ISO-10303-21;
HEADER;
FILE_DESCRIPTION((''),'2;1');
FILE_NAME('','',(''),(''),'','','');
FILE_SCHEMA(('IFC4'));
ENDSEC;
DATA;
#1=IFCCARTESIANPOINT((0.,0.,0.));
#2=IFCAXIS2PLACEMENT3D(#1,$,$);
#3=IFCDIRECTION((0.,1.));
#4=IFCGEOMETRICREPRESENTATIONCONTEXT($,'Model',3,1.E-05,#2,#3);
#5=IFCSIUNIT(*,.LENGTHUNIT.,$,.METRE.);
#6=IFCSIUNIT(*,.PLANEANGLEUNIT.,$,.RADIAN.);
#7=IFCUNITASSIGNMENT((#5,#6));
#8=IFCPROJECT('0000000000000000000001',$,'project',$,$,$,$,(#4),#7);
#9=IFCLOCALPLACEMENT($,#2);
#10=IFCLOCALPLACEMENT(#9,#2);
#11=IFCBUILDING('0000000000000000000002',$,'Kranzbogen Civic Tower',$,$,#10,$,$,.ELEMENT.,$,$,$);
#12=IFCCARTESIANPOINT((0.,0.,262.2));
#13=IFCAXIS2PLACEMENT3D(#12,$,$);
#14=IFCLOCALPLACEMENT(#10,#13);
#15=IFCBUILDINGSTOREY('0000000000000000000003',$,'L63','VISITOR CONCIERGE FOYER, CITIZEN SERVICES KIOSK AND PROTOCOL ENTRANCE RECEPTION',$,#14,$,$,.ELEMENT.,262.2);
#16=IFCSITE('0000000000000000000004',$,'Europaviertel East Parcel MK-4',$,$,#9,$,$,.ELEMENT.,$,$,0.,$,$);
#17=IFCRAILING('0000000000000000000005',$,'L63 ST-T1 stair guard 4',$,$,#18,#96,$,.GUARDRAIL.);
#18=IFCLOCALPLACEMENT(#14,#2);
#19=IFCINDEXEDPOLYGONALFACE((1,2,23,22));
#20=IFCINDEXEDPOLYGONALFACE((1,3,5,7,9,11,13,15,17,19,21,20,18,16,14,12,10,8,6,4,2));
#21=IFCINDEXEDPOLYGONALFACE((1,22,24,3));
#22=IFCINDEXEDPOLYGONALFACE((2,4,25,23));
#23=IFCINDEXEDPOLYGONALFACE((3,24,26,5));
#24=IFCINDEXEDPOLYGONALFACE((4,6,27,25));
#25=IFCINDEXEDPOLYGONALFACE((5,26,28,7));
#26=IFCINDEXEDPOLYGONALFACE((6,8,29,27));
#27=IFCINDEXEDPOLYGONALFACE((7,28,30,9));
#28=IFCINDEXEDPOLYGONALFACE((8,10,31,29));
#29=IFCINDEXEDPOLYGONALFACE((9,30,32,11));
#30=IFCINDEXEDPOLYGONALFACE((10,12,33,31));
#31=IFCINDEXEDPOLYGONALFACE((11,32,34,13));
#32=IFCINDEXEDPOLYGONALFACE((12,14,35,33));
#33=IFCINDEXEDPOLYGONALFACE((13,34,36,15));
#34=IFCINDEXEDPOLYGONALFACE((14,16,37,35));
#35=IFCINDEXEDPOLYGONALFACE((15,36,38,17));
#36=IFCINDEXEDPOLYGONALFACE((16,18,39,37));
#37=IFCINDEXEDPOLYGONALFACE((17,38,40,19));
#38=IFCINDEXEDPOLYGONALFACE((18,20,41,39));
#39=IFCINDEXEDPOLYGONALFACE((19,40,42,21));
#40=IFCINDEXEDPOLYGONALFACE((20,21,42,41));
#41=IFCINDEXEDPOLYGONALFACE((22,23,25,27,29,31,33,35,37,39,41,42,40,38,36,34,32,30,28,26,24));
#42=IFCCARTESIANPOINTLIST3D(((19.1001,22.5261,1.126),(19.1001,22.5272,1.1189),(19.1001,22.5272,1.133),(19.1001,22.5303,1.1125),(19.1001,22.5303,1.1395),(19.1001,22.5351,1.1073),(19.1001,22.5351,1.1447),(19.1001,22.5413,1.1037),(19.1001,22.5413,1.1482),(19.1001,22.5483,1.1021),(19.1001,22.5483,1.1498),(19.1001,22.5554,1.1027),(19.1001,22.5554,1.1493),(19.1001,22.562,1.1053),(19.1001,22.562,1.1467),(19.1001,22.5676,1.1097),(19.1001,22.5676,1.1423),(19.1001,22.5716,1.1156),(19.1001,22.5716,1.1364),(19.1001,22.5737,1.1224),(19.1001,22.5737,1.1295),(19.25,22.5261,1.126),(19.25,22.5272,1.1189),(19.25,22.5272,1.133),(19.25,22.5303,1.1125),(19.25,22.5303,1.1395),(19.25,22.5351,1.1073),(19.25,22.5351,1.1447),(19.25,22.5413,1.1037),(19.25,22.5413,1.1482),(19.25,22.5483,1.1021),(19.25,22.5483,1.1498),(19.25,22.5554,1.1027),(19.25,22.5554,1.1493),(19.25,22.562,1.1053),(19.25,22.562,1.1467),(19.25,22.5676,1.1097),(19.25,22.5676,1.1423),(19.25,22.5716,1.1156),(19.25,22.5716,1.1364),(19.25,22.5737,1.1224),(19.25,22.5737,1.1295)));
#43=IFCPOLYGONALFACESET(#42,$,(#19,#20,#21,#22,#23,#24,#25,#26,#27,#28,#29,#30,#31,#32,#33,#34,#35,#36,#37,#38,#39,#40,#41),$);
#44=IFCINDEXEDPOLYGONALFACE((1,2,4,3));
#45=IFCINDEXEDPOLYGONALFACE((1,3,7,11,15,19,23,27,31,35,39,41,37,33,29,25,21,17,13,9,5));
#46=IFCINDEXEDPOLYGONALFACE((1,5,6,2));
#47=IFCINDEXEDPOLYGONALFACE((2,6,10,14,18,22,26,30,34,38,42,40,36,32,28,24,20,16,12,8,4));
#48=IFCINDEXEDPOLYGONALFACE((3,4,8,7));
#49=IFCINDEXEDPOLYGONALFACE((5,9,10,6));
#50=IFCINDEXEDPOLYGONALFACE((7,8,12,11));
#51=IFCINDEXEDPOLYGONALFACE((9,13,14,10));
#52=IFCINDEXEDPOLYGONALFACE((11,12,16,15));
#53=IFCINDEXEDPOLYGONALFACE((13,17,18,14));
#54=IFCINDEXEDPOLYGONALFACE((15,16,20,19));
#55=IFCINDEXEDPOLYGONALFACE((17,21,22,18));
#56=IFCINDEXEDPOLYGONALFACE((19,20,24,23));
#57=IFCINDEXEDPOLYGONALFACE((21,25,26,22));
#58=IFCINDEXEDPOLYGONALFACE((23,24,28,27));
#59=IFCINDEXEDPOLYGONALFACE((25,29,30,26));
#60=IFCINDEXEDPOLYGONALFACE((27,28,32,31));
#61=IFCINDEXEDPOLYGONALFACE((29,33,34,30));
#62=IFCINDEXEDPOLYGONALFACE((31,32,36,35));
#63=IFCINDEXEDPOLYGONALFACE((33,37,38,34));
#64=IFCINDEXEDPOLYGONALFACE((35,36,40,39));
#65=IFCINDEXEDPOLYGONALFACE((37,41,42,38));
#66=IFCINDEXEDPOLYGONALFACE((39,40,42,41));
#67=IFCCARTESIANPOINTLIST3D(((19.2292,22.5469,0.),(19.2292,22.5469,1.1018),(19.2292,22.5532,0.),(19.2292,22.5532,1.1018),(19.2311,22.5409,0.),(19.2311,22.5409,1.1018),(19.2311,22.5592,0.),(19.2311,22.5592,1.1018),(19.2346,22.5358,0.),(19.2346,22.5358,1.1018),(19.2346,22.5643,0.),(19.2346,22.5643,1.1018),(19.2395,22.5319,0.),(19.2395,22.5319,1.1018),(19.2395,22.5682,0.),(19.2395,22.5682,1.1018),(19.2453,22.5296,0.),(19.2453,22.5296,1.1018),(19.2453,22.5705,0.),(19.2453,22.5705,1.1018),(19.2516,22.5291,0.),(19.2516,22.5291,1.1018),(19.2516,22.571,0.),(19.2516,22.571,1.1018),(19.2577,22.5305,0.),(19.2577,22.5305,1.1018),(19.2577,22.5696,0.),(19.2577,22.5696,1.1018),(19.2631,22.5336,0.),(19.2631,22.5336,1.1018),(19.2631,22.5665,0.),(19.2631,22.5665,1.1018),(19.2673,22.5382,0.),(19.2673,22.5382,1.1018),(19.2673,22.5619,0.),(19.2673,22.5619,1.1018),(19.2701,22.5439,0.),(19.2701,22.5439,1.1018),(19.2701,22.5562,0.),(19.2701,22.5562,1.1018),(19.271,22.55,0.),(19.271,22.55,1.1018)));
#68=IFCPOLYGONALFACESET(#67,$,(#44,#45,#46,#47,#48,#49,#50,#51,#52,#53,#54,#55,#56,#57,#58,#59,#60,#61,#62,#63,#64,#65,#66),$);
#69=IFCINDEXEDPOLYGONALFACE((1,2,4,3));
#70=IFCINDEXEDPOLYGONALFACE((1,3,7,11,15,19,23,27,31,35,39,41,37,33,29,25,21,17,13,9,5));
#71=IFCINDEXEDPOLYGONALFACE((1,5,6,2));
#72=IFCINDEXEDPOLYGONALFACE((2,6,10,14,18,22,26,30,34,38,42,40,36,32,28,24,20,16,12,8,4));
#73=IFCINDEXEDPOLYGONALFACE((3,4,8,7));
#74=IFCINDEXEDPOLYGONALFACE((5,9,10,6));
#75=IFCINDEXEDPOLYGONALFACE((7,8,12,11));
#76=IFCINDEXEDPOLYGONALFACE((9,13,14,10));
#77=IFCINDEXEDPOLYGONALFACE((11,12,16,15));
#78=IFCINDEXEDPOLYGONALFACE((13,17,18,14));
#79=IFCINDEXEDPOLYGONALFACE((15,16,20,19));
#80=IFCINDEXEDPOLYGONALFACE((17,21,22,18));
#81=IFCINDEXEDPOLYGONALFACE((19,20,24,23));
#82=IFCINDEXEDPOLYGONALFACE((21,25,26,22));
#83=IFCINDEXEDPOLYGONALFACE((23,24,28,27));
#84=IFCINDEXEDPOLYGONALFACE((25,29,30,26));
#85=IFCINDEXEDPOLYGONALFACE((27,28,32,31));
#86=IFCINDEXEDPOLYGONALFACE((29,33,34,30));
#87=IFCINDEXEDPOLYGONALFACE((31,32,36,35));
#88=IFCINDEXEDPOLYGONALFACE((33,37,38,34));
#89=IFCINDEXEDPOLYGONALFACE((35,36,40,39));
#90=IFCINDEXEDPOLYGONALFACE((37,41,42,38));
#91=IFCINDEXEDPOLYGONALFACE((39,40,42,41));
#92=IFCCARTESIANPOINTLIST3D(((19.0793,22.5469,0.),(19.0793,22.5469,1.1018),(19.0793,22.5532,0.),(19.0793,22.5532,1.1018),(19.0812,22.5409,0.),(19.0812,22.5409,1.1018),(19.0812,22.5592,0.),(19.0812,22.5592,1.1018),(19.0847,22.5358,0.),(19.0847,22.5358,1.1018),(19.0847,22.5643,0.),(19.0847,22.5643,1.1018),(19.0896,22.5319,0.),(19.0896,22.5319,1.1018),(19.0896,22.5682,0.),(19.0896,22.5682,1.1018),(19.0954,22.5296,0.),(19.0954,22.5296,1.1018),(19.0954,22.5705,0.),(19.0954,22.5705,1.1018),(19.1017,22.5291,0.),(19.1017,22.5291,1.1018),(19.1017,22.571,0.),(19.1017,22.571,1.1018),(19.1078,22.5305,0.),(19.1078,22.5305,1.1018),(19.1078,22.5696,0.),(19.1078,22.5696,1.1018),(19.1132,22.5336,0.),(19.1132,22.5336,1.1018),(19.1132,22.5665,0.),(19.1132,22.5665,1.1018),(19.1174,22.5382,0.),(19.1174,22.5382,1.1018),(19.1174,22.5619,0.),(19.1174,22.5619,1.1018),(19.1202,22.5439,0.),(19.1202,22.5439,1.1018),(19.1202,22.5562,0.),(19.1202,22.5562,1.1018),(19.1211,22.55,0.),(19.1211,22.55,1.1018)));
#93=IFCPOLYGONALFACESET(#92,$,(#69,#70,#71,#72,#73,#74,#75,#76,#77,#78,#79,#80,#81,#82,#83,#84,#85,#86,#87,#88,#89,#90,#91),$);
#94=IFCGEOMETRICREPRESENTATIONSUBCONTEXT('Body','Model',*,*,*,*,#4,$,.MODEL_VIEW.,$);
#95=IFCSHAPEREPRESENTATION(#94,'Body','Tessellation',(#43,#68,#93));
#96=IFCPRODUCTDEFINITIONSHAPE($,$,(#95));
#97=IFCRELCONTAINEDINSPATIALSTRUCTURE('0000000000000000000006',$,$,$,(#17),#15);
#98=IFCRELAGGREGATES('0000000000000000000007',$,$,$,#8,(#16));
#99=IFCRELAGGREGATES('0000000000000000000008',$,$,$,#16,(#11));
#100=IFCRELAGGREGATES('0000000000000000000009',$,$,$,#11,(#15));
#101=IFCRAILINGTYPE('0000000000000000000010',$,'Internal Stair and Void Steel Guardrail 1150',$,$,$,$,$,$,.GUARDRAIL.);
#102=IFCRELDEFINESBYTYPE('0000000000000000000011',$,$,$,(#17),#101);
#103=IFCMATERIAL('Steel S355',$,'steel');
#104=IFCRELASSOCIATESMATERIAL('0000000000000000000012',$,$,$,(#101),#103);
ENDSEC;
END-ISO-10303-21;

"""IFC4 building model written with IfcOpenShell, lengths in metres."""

from ifc_helpers import new_model, si_unit, direction, frame, origin, origin_2d, place, context, subcontext, project, spatial, circle, extrude, material, type_object, element, save


model = new_model("IFC4")

# Units and contexts
model_context = context("Model", 3, precision=1e-05, world=origin(), true_north=direction((0.0, 1.0)))
body_context = subcontext(model_context, "Body", "Model", "MODEL_VIEW")
ifc_project = project(units=[si_unit("LENGTHUNIT", "METRE"), si_unit("PLANEANGLEUNIT", "RADIAN")], contexts=[model_context])

# Site, building, storey
site_placement = place(None, origin())
site = spatial("IfcSite", under=ifc_project, at=site_placement, Name="Europaviertel East Parcel MK-4", CompositionType="ELEMENT", RefElevation=0.0)
building_placement = place(site_placement, origin())
building = spatial("IfcBuilding", under=site, at=building_placement, Name="Kranzbogen Civic Tower", CompositionType="ELEMENT")
storey_placement = place(building_placement, frame((0.0, 0.0, 262.2)))
storey = spatial("IfcBuildingStorey", under=building, at=storey_placement, Name="L63", Description="VISITOR CONCIERGE FOYER, CITIZEN SERVICES KIOSK AND PROTOCOL ENTRANCE RECEPTION", CompositionType="ELEMENT", Elevation=262.2)

# Shared definitions
ifc_material_1 = material(Name="Steel S355", Category="steel")

# Railing
railing_type_1 = type_object("IfcRailingType", Name="Internal Stair and Void Steel Guardrail 1150", PredefinedType="GUARDRAIL", material=ifc_material_1)
railing_1_placement = place(storey_placement, frame((19.25, 22.55, 0.0)))
element("IfcRailing", 1, at=railing_1_placement, inside=storey, type_object=railing_type_1, Name="L63 ST-T1 stair guard 4", PredefinedType="GUARDRAIL", context=body_context, shape_type="SweptSolid", body=[
    extrude(circle(Radius=0.0239, at=origin_2d()), frame((0.0, 0.0, 1.126), z_axis=(-1.0, 0.0, 0.0), x_axis=(0.0, -1.0, 0.0)), (0.0, 0.0, 1.0), 0.1499),
    extrude(circle(Radius=0.021, at=origin_2d()), origin(), (0.0, 0.0, 1.0), 1.1018),
    extrude(circle(Radius=0.021, at=origin_2d()), frame((-0.1499, 0.0, 0.0)), (0.0, 0.0, 1.0), 1.1018),
])

save(model, "model.ifc")
